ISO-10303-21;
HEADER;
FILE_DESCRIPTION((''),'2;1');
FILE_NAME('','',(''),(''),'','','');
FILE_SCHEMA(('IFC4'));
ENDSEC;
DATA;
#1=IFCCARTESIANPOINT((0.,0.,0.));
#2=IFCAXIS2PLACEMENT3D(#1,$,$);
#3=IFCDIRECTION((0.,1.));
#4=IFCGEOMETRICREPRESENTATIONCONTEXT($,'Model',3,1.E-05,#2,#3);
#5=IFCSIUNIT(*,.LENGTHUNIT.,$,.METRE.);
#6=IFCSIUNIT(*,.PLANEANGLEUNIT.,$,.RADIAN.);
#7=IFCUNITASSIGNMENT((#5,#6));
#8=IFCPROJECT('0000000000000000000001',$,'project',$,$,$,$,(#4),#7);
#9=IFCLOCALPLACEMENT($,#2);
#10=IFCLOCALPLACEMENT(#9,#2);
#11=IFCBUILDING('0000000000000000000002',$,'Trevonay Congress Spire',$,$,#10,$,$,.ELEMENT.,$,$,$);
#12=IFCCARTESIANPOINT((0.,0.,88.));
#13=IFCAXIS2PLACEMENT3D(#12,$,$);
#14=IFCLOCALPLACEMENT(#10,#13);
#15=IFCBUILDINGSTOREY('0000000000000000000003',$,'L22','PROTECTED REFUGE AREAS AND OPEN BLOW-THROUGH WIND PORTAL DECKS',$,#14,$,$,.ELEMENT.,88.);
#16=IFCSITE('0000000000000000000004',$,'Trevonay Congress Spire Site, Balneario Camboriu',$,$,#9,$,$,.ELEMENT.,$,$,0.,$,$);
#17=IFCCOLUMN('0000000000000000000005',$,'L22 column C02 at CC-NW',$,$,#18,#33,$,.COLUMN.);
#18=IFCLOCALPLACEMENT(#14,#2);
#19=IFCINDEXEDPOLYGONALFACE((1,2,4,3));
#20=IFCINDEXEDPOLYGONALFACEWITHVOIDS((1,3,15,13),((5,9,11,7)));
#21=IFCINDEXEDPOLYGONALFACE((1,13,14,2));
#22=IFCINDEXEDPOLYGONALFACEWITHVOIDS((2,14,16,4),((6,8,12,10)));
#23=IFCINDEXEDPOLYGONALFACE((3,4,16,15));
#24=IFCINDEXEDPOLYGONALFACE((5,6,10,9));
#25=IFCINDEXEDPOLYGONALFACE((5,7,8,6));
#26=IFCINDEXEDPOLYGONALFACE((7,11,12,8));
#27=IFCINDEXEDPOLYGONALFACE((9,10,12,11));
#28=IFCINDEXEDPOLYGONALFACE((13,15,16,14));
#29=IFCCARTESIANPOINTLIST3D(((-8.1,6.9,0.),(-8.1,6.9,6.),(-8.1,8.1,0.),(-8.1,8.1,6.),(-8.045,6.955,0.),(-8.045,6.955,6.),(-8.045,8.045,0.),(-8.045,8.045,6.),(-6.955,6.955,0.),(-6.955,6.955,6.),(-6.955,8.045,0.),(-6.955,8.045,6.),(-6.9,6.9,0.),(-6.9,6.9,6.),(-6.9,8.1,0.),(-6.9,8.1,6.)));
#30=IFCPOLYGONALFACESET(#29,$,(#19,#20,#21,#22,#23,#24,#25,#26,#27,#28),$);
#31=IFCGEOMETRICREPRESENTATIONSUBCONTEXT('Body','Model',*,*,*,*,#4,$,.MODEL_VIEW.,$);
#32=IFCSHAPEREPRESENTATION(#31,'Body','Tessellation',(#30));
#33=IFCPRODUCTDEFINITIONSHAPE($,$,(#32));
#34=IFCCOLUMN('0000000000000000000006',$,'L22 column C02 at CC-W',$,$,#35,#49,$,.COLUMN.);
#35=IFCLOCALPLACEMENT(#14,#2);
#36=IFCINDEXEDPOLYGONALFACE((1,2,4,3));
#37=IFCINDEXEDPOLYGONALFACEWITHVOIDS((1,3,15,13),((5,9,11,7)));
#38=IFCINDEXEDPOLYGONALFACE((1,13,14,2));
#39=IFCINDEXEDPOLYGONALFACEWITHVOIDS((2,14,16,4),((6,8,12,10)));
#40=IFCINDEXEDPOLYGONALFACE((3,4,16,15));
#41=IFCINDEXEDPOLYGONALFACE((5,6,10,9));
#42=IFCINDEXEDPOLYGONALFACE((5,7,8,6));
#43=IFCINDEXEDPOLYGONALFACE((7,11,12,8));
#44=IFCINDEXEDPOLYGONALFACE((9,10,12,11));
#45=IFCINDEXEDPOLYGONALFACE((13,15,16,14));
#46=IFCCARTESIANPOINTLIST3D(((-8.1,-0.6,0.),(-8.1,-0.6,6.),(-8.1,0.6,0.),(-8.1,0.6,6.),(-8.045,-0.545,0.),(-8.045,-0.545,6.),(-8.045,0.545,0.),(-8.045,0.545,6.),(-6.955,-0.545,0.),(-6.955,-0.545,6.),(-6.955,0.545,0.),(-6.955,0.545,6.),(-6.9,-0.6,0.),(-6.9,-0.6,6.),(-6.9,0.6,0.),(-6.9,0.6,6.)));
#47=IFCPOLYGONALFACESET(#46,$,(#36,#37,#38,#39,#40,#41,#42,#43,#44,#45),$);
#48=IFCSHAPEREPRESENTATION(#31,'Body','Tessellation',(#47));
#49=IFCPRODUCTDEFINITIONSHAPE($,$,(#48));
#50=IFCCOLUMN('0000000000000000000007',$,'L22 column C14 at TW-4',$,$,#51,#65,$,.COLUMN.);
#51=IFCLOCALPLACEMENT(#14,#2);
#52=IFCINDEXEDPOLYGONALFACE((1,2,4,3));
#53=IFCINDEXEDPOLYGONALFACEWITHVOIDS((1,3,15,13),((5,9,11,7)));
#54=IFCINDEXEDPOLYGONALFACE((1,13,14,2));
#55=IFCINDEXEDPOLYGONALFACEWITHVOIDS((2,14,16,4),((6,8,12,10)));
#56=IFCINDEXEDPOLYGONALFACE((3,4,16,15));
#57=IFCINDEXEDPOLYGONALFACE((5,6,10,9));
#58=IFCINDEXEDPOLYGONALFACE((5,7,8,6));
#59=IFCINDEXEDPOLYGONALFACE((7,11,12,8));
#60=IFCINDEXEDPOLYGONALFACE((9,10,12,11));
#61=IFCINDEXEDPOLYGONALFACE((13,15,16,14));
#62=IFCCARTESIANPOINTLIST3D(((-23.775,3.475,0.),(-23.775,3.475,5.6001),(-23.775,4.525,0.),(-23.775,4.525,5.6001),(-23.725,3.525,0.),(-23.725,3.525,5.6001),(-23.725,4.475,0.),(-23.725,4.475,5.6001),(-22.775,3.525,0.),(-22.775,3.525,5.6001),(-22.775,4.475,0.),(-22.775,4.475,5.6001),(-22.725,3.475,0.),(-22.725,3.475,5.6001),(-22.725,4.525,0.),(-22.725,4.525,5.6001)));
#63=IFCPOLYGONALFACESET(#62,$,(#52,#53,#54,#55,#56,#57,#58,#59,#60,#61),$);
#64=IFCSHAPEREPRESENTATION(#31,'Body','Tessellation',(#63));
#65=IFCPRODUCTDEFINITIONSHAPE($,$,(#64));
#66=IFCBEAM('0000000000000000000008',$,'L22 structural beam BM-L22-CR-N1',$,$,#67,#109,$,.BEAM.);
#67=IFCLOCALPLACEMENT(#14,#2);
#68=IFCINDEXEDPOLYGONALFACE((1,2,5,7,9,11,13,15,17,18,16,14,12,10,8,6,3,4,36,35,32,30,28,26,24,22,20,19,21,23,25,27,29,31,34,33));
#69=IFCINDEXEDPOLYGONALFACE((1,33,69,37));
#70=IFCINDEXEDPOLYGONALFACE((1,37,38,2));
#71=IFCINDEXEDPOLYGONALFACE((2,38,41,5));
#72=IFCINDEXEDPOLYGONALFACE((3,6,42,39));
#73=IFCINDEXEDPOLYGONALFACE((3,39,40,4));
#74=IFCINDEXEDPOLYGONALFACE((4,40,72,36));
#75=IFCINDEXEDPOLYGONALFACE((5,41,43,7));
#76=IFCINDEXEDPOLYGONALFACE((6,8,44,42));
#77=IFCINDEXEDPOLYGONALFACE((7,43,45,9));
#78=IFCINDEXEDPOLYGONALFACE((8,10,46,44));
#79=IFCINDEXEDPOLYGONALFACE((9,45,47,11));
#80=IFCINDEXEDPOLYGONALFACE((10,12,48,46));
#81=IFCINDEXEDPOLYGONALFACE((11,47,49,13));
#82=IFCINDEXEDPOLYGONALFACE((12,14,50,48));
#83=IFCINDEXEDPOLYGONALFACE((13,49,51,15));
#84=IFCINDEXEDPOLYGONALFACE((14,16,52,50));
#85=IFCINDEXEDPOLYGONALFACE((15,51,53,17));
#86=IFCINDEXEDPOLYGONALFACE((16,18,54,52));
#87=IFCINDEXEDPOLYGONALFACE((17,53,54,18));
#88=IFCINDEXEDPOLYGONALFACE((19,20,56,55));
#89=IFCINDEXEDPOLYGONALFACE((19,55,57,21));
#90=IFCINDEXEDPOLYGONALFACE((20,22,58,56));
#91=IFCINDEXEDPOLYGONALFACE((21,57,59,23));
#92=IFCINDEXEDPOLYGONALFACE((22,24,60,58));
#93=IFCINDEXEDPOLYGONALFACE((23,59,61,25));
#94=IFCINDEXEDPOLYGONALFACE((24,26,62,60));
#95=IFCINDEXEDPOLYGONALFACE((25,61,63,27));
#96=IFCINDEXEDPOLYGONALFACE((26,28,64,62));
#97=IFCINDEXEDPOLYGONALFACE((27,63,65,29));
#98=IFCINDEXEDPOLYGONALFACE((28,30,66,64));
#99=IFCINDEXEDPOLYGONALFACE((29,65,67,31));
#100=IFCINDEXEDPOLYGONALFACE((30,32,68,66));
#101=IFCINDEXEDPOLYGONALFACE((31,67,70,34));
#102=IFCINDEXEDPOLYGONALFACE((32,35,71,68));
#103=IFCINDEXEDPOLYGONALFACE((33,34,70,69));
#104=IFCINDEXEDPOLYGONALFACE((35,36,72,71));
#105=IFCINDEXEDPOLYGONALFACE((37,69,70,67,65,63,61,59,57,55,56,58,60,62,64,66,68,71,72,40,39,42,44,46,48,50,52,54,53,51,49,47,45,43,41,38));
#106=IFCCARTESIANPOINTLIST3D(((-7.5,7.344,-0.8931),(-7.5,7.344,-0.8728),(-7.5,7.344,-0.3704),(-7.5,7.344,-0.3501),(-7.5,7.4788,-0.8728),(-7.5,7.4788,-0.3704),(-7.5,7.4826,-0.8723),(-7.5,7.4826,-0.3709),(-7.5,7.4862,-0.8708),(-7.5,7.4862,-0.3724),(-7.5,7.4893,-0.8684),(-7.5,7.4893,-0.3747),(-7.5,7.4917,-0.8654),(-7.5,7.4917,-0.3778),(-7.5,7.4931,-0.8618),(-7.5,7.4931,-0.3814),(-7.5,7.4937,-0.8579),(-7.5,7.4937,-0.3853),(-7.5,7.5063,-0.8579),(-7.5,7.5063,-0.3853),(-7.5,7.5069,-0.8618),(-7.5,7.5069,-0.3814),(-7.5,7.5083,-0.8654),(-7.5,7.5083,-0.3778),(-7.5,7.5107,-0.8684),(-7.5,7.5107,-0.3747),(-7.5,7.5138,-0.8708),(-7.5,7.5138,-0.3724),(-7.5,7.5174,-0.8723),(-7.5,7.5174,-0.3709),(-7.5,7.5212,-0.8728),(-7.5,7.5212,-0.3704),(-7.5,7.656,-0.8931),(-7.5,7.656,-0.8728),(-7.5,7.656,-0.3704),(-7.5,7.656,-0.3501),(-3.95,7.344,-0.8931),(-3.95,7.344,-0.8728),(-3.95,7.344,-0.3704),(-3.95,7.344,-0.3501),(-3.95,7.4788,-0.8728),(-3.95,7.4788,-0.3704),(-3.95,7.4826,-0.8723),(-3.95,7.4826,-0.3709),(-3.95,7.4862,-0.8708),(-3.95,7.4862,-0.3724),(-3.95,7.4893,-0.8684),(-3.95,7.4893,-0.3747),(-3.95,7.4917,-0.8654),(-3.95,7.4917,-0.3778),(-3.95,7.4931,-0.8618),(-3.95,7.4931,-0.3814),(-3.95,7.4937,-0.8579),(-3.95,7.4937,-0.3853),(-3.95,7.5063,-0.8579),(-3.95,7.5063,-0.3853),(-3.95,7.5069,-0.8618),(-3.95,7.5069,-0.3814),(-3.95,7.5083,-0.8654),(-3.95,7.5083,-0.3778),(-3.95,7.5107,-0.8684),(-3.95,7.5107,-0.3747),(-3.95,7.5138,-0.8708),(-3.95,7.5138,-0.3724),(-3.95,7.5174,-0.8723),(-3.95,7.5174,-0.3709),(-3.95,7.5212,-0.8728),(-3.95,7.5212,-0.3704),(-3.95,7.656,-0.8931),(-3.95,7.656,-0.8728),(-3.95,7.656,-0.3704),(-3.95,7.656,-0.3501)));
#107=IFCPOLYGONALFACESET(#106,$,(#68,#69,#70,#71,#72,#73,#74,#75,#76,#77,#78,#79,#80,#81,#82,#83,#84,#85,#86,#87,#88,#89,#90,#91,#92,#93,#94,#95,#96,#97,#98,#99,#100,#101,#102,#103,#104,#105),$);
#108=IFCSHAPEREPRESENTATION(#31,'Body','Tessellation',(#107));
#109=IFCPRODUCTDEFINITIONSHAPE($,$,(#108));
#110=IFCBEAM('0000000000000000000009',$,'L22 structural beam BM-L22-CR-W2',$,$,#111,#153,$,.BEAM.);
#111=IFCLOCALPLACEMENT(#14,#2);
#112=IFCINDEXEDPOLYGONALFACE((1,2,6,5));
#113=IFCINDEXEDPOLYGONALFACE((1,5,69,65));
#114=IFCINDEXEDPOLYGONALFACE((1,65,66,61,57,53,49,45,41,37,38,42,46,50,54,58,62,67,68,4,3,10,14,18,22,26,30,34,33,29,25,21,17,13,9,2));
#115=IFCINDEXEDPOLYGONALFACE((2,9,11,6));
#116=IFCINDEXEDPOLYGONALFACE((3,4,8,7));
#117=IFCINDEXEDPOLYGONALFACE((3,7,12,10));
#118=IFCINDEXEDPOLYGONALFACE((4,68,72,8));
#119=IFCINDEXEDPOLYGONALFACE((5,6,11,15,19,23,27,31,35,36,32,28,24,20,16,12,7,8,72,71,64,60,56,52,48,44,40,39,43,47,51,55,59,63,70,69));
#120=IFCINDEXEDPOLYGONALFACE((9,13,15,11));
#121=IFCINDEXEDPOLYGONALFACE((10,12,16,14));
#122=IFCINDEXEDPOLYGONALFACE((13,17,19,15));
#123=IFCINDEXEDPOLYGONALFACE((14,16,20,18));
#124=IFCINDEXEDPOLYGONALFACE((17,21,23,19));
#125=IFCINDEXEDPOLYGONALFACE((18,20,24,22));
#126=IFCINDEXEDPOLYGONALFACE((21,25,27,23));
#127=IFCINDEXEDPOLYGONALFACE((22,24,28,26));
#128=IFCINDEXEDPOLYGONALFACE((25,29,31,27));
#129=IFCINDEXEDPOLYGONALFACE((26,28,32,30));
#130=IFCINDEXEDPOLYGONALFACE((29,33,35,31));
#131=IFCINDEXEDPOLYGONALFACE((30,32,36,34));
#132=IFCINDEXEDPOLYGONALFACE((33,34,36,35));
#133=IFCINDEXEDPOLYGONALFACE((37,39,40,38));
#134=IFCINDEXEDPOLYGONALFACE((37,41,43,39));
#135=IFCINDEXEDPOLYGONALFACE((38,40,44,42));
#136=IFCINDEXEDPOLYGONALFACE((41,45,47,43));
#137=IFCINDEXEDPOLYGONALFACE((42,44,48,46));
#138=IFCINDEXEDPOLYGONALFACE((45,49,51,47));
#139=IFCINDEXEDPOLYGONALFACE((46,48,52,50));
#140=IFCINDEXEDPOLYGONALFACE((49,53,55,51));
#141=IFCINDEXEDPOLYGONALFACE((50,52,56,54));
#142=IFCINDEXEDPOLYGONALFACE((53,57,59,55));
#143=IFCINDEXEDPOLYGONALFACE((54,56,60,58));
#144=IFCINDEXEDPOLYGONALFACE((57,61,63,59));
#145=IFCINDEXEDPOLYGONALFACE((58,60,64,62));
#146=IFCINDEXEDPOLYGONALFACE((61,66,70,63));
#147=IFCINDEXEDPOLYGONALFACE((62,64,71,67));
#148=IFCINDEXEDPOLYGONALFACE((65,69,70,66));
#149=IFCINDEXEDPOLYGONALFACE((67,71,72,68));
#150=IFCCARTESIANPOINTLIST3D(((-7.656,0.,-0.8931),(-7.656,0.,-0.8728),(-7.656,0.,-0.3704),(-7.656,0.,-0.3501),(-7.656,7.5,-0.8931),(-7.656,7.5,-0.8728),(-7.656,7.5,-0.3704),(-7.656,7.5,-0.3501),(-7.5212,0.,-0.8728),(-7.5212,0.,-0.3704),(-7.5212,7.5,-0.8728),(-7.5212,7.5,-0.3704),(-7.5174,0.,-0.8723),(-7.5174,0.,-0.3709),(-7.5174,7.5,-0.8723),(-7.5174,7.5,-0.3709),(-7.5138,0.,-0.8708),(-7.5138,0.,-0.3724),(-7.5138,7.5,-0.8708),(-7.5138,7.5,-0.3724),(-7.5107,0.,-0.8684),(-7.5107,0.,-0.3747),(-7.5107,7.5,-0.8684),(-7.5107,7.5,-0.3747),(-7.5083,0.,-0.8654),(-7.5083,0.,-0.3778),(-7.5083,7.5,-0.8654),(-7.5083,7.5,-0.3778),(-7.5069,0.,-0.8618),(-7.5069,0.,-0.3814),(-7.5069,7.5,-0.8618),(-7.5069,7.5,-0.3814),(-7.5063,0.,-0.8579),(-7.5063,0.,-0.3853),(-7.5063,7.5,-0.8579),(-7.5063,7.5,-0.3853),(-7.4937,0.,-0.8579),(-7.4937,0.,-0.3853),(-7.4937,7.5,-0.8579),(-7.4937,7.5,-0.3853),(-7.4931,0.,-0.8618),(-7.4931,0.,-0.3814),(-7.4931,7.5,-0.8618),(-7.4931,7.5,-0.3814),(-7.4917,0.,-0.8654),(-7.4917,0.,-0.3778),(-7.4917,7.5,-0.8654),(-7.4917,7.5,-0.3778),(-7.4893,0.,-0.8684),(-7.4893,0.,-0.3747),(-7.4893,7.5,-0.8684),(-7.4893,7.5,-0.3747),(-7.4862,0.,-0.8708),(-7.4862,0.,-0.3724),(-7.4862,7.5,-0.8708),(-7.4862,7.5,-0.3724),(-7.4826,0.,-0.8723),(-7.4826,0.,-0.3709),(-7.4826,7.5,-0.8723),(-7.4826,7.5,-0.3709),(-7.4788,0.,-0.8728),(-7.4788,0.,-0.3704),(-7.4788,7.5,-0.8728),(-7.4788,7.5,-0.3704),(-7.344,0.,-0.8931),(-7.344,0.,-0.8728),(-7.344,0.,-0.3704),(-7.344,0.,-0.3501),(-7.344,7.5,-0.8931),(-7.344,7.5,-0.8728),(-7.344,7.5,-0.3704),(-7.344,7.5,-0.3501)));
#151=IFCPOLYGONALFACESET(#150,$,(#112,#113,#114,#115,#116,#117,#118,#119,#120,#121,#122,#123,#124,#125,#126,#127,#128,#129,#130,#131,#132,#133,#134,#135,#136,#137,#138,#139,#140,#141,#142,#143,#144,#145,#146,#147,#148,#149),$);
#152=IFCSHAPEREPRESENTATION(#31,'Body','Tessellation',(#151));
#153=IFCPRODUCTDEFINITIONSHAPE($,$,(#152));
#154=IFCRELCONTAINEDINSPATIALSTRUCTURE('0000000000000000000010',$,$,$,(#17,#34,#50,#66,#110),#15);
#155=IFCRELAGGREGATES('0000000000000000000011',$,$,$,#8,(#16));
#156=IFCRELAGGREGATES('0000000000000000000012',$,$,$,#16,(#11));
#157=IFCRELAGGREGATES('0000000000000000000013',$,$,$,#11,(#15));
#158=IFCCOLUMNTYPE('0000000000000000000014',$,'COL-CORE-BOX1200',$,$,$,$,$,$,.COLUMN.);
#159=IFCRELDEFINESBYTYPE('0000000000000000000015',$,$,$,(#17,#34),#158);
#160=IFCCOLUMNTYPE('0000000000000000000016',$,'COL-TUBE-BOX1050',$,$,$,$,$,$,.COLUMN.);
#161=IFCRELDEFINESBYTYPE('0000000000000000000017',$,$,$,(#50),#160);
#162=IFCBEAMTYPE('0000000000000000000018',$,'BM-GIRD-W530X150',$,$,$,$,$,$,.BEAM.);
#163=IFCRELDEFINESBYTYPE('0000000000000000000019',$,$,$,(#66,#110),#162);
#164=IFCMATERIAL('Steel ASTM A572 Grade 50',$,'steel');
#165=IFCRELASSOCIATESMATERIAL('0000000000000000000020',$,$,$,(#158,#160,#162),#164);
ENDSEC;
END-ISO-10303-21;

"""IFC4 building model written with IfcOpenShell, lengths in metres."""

from ifc_helpers import new_model, si_unit, direction, frame, origin, origin_2d, place, context, subcontext, project, spatial, hollow_rectangle, i_section, extrude, material, material_profile, profile_set, type_object, element, save


model = new_model("IFC4")

# Units and contexts
model_context = context("Model", 3, precision=1e-05, world=origin(), true_north=direction((0.0, 1.0)))
body_context = subcontext(model_context, "Body", "Model", "MODEL_VIEW")
ifc_project = project(units=[si_unit("LENGTHUNIT", "METRE"), si_unit("PLANEANGLEUNIT", "RADIAN")], contexts=[model_context])

# Site, building, storey
site_placement = place(None, origin())
site = spatial("IfcSite", under=ifc_project, at=site_placement, Name="Trevonay Congress Spire Site, Balneario Camboriu", CompositionType="ELEMENT", RefElevation=0.0)
building_placement = place(site_placement, origin())
building = spatial("IfcBuilding", under=site, at=building_placement, Name="Trevonay Congress Spire", CompositionType="ELEMENT")
storey_placement = place(building_placement, frame((0.0, 0.0, 88.0)))
storey = spatial("IfcBuildingStorey", under=building, at=storey_placement, Name="L22", Description="PROTECTED REFUGE AREAS AND OPEN BLOW-THROUGH WIND PORTAL DECKS", CompositionType="ELEMENT", Elevation=88.0)

# Columns
ifc_material_1 = material(Name="Steel ASTM A572 Grade 50", Category="steel")
ifc_material_profile_1 = material_profile(ifc_material_1, hollow_rectangle(XDim=1.2, YDim=1.2, WallThickness=0.0549, at=origin_2d()), Name="BOX 1200x1200x55")
ifc_profile_set_1 = profile_set([ifc_material_profile_1], Name="Steel ASTM A572 Grade 50")
column_type_1 = type_object("IfcColumnType", Name="COL-CORE-BOX1200", PredefinedType="COLUMN", material=ifc_profile_set_1)
for number, where, z_axis, x_axis, name in (
    (1, (-7.5, 7.5, 0.0), (0.0, 0.0, 1.0), (1.0, 0.0, 0.0), "L22 column C02 at CC-NW"),
    (2, (-7.5, 0.0, 0.0), (0.0, 0.0, 1.0), (1.0, 0.0, 0.0), "L22 column C02 at CC-W"),
):
    element("IfcColumn", number, at=place(storey_placement, frame(where, z_axis=z_axis, x_axis=x_axis)), inside=storey, type_object=column_type_1, Name=name, PredefinedType="COLUMN", context=body_context, shape_type="SweptSolid", body=[
        extrude(hollow_rectangle(XDim=1.2, YDim=1.2, WallThickness=0.0549, at=origin_2d()), origin(), (0.0, 0.0, 1.0), 6.0),
    ])
ifc_material_profile_2 = material_profile(ifc_material_1, hollow_rectangle(XDim=1.05, YDim=1.05, WallThickness=0.05, at=origin_2d()), Name="BOX 1050x1050x50")
ifc_profile_set_2 = profile_set([ifc_material_profile_2], Name="Steel ASTM A572 Grade 50")
column_type_2 = type_object("IfcColumnType", Name="COL-TUBE-BOX1050", PredefinedType="COLUMN", material=ifc_profile_set_2)
column_placement = place(storey_placement, frame((-23.25, 4.0, 0.0), z_axis=(0.0, 0.0, 1.0), x_axis=(1.0, 0.0, 0.0)))
element("IfcColumn", 3, at=column_placement, inside=storey, type_object=column_type_2, Name="L22 column C14 at TW-4", PredefinedType="COLUMN", context=body_context, shape_type="SweptSolid", body=[
    extrude(hollow_rectangle(XDim=1.05, YDim=1.05, WallThickness=0.05, at=origin_2d()), origin(), (0.0, 0.0, 1.0), 5.6001),
])

# Beams
ifc_material_profile_3 = material_profile(ifc_material_1, i_section(OverallWidth=0.312, OverallDepth=0.543, WebThickness=0.0127, FlangeThickness=0.0203, FilletRadius=0.0149, at=origin_2d()), Name="W530x150")
ifc_profile_set_3 = profile_set([ifc_material_profile_3], Name="Steel ASTM A572 Grade 50")
beam_type_1 = type_object("IfcBeamType", Name="BM-GIRD-W530X150", PredefinedType="BEAM", material=ifc_profile_set_3)
beam_1_placement = place(storey_placement, frame((-7.5, 7.5, -0.6216), z_axis=(1.0, 0.0, 0.0), x_axis=(0.0, 1.0, 0.0)))
element("IfcBeam", 4, at=beam_1_placement, inside=storey, type_object=beam_type_1, Name="L22 structural beam BM-L22-CR-N1", PredefinedType="BEAM", context=body_context, shape_type="SweptSolid", body=[
    extrude(i_section(OverallWidth=0.312, OverallDepth=0.543, WebThickness=0.0127, FlangeThickness=0.0203, FilletRadius=0.0149, at=origin_2d()), origin(), (0.0, 0.0, 1.0), 3.55),
])
beam_2_placement = place(storey_placement, frame((-7.5, 0.0, -0.6216), z_axis=(0.0, 1.0, 0.0), x_axis=(-1.0, 0.0, 0.0)))
element("IfcBeam", 5, at=beam_2_placement, inside=storey, type_object=beam_type_1, Name="L22 structural beam BM-L22-CR-W2", PredefinedType="BEAM", context=body_context, shape_type="SweptSolid", body=[
    extrude(i_section(OverallWidth=0.312, OverallDepth=0.543, WebThickness=0.0127, FlangeThickness=0.0203, FilletRadius=0.0149, at=origin_2d()), origin(), (0.0, 0.0, 1.0), 7.5),
])

save(model, "model.ifc")
